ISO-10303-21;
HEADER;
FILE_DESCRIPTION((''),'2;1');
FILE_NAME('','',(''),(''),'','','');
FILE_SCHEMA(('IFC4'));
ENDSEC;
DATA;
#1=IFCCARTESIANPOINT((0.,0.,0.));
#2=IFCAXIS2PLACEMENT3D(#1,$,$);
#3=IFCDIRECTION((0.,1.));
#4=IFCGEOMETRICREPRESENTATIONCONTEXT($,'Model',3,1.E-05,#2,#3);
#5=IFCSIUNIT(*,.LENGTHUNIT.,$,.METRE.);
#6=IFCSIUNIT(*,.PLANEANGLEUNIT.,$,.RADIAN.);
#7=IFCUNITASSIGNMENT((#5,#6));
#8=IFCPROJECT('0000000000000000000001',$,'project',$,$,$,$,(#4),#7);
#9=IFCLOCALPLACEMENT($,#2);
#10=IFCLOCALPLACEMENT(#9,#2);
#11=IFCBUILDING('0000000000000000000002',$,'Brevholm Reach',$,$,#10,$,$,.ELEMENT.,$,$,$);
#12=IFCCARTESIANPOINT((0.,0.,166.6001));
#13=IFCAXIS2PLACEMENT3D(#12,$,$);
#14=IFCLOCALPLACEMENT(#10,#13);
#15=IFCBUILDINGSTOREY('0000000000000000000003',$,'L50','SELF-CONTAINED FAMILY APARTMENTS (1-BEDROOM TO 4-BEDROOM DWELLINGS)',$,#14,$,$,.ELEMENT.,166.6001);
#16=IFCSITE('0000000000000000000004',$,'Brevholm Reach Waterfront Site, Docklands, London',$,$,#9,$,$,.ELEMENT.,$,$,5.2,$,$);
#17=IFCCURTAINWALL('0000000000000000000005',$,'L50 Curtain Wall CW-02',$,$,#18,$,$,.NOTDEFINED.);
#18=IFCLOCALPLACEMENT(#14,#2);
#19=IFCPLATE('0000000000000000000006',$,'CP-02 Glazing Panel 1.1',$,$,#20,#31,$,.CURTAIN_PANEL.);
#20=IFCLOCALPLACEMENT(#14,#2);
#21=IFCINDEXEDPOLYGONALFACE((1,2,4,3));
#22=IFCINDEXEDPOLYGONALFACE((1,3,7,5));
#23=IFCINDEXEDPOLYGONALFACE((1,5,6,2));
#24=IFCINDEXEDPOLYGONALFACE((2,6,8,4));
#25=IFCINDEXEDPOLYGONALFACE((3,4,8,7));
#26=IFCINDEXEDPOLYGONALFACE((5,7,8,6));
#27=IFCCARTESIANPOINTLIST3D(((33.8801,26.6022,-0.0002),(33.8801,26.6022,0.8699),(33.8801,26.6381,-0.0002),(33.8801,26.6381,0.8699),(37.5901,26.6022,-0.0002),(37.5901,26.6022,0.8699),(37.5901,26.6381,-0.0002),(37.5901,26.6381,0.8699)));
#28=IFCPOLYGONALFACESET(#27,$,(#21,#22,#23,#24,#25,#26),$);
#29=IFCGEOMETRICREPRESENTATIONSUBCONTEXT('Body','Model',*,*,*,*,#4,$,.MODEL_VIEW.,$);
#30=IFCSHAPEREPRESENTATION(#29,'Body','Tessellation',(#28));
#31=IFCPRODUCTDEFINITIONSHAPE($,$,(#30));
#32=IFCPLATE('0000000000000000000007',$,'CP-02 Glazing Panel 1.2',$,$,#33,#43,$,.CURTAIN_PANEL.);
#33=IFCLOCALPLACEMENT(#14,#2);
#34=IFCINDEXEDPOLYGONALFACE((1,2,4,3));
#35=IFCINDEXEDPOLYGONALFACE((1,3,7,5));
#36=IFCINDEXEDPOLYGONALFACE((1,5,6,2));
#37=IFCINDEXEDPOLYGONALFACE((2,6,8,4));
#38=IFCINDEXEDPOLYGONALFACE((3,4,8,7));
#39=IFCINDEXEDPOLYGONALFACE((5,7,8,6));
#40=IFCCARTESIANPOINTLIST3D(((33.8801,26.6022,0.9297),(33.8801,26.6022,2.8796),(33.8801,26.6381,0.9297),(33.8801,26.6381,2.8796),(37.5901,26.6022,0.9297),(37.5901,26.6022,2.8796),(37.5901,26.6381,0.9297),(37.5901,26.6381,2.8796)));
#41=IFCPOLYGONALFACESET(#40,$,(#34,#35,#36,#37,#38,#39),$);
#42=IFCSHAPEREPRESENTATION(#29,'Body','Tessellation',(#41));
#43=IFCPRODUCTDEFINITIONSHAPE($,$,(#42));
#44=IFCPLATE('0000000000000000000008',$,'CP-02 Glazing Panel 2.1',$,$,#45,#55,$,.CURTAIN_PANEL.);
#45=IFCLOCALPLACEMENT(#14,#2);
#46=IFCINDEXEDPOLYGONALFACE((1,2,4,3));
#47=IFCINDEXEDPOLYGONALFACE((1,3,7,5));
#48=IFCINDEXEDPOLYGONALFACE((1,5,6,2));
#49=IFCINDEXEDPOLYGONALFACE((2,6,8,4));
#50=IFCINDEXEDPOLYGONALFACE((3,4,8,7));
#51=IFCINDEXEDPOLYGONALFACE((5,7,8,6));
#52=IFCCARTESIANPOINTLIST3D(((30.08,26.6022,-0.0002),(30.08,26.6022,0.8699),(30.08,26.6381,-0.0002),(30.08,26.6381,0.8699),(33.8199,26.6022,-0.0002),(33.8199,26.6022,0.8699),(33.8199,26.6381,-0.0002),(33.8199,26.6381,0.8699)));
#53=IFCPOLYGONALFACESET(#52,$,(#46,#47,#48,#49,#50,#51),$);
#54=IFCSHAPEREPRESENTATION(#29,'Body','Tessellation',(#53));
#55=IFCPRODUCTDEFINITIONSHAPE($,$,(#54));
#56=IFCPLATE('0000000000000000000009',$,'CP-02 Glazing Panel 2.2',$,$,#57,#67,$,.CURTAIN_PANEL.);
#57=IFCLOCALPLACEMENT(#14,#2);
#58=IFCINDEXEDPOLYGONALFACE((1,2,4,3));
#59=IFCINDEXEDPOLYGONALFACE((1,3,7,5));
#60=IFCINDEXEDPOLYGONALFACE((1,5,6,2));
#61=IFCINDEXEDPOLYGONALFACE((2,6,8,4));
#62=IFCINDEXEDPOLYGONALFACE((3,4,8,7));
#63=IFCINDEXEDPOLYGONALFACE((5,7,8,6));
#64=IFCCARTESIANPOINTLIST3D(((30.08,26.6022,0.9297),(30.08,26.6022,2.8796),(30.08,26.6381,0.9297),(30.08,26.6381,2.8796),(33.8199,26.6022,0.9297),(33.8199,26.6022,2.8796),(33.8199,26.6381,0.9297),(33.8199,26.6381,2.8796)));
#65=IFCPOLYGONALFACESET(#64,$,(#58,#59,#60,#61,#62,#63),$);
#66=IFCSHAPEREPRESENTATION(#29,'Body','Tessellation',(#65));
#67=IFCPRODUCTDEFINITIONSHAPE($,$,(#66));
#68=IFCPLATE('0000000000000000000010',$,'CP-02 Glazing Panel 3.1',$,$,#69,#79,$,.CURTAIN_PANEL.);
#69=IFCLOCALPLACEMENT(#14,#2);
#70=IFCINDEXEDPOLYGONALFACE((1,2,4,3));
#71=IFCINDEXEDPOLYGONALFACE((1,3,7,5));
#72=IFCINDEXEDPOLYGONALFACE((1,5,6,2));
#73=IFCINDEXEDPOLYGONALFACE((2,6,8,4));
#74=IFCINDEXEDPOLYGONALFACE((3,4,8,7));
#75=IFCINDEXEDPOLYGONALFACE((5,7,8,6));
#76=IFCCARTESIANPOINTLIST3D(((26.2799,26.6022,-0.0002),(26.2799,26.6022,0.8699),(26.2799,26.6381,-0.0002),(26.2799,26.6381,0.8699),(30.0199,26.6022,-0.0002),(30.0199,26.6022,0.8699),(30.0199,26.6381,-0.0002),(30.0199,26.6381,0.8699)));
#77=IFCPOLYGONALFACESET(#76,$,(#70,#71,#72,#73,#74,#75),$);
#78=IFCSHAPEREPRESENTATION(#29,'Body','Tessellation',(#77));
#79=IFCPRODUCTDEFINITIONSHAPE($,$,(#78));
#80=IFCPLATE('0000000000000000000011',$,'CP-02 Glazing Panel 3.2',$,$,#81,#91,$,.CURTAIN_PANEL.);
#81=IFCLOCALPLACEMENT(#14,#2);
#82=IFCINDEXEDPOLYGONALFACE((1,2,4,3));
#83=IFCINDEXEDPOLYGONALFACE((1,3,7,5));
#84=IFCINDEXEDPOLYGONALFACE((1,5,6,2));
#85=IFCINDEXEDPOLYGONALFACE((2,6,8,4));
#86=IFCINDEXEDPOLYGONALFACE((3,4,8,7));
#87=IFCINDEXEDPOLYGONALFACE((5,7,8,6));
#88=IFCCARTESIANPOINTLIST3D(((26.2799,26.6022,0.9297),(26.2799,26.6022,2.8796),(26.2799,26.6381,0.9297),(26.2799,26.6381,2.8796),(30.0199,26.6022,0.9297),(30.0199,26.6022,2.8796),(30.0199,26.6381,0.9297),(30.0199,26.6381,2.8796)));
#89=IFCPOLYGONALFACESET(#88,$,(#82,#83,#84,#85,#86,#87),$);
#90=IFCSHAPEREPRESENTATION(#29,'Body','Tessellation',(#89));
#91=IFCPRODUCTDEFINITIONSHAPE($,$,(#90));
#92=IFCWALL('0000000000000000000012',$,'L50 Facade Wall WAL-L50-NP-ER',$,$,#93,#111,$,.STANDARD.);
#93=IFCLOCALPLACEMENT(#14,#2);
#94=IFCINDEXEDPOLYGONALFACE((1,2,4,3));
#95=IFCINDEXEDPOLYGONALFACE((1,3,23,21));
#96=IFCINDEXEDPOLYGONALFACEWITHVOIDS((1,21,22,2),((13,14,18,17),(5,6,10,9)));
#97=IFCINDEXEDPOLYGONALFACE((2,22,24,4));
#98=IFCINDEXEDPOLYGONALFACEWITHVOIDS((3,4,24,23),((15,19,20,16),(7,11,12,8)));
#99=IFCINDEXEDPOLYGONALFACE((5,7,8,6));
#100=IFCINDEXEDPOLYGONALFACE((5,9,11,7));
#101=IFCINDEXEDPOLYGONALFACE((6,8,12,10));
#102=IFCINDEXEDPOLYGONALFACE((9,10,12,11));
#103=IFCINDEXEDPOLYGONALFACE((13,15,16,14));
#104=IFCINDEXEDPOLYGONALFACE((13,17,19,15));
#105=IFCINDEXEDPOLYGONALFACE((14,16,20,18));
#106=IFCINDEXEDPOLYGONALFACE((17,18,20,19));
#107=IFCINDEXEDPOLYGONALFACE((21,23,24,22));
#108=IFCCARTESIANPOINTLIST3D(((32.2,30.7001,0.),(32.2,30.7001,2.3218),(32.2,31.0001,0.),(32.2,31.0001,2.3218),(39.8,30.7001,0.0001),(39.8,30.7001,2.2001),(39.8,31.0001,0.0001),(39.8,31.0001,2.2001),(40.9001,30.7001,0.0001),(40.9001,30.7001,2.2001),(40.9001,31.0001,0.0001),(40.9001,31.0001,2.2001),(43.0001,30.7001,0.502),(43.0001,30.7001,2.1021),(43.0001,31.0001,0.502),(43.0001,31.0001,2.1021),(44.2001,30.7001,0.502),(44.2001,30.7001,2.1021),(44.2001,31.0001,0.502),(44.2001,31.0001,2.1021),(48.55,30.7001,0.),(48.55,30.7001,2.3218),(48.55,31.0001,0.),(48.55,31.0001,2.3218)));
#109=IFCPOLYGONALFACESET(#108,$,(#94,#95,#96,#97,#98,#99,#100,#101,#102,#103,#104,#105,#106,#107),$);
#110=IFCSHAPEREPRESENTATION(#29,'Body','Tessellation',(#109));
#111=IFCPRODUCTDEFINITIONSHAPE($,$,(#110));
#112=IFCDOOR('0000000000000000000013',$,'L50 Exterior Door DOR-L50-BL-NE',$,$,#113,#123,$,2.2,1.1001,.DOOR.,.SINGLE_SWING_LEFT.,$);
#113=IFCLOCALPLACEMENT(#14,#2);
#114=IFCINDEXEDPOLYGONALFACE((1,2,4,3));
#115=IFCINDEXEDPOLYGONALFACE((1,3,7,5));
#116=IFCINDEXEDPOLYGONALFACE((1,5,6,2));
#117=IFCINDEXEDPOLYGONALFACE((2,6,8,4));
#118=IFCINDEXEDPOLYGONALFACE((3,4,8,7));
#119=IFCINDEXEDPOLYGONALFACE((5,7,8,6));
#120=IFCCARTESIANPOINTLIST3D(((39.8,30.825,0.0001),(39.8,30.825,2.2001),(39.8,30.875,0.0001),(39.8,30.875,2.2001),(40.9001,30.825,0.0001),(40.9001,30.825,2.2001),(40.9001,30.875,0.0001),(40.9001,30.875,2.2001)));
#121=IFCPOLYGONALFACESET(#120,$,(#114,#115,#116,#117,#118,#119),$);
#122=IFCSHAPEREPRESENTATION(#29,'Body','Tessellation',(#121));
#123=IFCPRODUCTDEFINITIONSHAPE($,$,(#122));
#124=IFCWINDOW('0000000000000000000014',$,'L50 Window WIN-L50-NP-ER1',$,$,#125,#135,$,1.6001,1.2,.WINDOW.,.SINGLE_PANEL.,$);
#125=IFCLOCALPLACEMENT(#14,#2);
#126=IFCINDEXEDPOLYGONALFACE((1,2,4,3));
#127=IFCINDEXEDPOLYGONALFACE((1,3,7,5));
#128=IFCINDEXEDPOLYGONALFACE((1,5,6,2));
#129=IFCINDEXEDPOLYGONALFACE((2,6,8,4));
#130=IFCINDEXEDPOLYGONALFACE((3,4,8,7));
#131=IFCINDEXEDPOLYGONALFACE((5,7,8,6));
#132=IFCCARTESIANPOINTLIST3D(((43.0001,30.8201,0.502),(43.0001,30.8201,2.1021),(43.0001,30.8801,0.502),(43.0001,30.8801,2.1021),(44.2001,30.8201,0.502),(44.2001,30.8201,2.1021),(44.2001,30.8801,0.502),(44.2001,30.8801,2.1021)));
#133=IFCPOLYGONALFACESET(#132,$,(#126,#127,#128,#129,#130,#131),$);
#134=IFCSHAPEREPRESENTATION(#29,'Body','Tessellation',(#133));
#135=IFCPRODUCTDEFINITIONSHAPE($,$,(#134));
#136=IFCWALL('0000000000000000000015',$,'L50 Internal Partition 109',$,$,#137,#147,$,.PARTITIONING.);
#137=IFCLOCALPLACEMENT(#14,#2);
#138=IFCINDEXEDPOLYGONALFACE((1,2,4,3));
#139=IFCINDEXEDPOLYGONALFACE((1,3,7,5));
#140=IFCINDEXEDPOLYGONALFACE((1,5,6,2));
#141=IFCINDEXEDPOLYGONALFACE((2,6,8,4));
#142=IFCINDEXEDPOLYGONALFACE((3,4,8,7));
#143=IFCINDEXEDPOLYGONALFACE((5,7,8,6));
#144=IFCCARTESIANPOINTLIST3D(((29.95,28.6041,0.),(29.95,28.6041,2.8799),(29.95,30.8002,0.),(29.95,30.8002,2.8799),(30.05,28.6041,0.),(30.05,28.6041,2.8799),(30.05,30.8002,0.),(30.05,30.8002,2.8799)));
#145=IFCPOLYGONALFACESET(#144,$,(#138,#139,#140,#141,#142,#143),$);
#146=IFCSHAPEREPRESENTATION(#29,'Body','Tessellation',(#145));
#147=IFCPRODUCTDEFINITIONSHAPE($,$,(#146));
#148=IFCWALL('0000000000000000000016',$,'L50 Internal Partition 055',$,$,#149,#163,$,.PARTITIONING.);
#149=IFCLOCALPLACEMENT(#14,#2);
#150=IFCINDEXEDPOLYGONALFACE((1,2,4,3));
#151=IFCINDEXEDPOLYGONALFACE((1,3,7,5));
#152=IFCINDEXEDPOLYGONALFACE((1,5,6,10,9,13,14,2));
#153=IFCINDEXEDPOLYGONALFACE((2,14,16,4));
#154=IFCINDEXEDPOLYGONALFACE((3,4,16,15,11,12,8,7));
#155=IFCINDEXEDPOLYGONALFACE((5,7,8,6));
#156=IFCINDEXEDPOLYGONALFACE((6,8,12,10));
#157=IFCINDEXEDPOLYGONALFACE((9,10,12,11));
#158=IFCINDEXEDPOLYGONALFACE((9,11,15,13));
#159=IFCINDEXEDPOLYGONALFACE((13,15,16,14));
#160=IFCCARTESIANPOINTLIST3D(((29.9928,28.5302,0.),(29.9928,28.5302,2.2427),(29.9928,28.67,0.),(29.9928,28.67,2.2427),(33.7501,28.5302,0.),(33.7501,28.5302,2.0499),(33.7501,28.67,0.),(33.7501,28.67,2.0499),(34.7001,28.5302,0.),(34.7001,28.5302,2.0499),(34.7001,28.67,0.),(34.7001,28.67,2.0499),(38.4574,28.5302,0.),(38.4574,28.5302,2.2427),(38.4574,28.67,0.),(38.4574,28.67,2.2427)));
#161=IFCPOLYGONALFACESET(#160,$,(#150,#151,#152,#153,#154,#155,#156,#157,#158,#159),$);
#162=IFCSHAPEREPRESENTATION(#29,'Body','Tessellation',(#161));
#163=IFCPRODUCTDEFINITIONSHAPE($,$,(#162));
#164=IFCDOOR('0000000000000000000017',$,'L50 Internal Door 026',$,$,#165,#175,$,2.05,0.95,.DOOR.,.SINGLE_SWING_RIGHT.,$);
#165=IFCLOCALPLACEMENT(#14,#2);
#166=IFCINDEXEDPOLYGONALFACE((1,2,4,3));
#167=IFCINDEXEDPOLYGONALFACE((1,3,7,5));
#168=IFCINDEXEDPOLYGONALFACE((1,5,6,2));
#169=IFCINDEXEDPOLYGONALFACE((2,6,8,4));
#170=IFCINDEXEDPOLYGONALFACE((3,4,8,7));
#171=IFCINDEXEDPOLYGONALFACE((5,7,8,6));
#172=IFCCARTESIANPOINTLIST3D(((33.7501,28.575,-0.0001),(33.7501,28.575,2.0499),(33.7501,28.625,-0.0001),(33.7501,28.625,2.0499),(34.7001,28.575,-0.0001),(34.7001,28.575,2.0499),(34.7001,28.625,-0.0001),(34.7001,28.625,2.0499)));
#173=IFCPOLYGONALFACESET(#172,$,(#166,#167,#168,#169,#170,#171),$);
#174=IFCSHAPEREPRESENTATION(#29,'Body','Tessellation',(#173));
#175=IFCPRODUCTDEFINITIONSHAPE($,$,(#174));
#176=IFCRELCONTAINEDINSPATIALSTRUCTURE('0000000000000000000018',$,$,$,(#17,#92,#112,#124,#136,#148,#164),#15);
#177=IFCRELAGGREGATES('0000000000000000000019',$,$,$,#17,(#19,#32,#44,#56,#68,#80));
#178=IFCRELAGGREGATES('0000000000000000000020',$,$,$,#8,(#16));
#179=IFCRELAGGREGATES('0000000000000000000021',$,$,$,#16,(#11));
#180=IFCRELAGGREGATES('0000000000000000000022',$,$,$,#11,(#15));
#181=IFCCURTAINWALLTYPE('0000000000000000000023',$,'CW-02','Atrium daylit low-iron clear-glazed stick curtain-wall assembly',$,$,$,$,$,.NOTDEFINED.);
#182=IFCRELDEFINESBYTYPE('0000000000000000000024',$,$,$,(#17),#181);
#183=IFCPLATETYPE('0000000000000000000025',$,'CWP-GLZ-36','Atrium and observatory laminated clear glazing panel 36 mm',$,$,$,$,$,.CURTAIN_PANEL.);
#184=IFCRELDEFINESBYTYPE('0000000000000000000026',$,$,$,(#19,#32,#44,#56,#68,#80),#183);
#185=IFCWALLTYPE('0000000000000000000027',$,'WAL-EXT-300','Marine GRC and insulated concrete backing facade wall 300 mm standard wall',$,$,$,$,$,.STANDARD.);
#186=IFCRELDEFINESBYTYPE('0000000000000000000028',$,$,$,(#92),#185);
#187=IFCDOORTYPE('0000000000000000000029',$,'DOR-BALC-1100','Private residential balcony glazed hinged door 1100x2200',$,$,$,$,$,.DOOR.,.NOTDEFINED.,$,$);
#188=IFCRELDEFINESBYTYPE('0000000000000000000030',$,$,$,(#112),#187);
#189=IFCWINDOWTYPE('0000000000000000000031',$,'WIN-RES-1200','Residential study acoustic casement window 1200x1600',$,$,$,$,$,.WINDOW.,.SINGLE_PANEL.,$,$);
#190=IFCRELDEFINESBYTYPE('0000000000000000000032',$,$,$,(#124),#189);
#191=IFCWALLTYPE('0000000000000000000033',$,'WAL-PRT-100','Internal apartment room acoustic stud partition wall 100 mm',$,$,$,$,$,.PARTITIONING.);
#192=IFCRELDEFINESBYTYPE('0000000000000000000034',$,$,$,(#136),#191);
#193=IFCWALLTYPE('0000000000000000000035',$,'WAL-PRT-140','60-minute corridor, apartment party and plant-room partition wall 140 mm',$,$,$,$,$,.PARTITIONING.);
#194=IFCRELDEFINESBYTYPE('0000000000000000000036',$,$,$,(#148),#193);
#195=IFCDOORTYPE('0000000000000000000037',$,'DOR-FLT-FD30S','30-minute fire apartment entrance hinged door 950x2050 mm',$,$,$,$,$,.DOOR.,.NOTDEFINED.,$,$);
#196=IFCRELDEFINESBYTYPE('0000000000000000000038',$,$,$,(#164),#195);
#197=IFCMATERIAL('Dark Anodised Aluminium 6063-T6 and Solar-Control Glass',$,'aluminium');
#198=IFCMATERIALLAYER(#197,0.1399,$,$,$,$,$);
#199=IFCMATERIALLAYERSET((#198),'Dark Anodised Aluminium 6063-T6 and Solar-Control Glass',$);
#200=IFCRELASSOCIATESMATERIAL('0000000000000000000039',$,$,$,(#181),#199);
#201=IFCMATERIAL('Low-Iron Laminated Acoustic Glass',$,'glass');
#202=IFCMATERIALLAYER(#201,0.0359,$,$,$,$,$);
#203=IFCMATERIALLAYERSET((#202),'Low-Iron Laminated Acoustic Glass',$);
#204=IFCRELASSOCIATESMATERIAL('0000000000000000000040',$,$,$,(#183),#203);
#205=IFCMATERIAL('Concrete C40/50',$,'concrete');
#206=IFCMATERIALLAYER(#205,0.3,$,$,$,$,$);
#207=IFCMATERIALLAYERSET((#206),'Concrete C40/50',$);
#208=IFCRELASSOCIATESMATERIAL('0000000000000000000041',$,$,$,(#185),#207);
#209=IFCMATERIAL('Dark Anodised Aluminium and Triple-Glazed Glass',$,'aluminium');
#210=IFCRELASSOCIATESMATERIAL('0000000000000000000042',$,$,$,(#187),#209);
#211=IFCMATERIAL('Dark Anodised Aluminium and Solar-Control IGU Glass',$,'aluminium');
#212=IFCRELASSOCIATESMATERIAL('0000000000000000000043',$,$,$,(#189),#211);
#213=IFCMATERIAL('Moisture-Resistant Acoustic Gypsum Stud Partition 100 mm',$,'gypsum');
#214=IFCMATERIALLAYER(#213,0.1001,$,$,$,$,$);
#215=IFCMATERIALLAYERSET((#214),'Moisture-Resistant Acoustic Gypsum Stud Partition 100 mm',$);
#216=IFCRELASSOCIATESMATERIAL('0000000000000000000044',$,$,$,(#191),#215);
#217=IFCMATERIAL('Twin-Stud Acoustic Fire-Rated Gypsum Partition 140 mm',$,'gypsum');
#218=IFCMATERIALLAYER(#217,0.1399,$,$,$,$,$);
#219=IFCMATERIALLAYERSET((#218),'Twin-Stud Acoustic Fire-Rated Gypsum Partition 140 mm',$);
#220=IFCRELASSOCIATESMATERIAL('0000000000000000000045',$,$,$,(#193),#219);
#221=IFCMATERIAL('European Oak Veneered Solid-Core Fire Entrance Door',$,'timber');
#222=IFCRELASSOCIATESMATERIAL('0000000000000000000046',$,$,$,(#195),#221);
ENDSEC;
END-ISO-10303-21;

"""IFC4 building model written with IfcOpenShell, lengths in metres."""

from ifc_helpers import new_model, si_unit, direction, frame, frame_2d, origin, origin_2d, place, context, subcontext, project, spatial, rectangle, extrude, material, layer, layer_set, type_object, element, fill, aggregate, save


model = new_model("IFC4")

# Units and contexts
model_context = context("Model", 3, precision=1e-05, world=origin(), true_north=direction((0.0, 1.0)))
body_context = subcontext(model_context, "Body", "Model", "MODEL_VIEW")
ifc_project = project(units=[si_unit("LENGTHUNIT", "METRE"), si_unit("PLANEANGLEUNIT", "RADIAN")], contexts=[model_context])

# Site, building, storey
site_placement = place(None, origin())
site = spatial("IfcSite", under=ifc_project, at=site_placement, Name="Brevholm Reach Waterfront Site, Docklands, London", CompositionType="ELEMENT", RefElevation=5.2)
building_placement = place(site_placement, origin())
building = spatial("IfcBuilding", under=site, at=building_placement, Name="Brevholm Reach", CompositionType="ELEMENT")
storey_placement = place(building_placement, frame((0.0, 0.0, 166.6001)))
storey = spatial("IfcBuildingStorey", under=building, at=storey_placement, Name="L50", Description="SELF-CONTAINED FAMILY APARTMENTS (1-BEDROOM TO 4-BEDROOM DWELLINGS)", CompositionType="ELEMENT", Elevation=166.6001)

# Curtain wall
ifc_material_1 = material(Name="Dark Anodised Aluminium 6063-T6 and Solar-Control Glass", Category="aluminium")
ifc_layer_1 = layer(ifc_material_1, 0.1399)
ifc_layer_set_1 = layer_set([ifc_layer_1], Name="Dark Anodised Aluminium 6063-T6 and Solar-Control Glass")
curtain_wall_type_1 = type_object("IfcCurtainWallType", Name="CW-02", Description="Atrium daylit low-iron clear-glazed stick curtain-wall assembly", PredefinedType="NOTDEFINED", material=ifc_layer_set_1)
curtain_wall_1_placement = place(storey_placement, origin())
curtain_wall_1 = element("IfcCurtainWall", 1, at=curtain_wall_1_placement, inside=storey, type_object=curtain_wall_type_1, Name="L50 Curtain Wall CW-02", PredefinedType="NOTDEFINED")

# Plates
ifc_material_2 = material(Name="Low-Iron Laminated Acoustic Glass", Category="glass")
ifc_layer_2 = layer(ifc_material_2, 0.0359)
ifc_layer_set_2 = layer_set([ifc_layer_2], Name="Low-Iron Laminated Acoustic Glass")
plate_type_1 = type_object("IfcPlateType", Name="CWP-GLZ-36", Description="Atrium and observatory laminated clear glazing panel 36 mm", PredefinedType="CURTAIN_PANEL", material=ifc_layer_set_2)
plate_1_placement = place(storey_placement, frame((35.7351, 26.6201, -0.0002), z_axis=(0.0, 0.0, 1.0), x_axis=(-1.0, 0.0, 0.0)))
plate_1 = element("IfcPlate", 2, at=plate_1_placement, type_object=plate_type_1, Name="CP-02 Glazing Panel 1.1", PredefinedType="CURTAIN_PANEL", context=body_context, shape_type="SweptSolid", body=[
    extrude(rectangle(XDim=3.71, YDim=0.0359, at=origin_2d()), origin(), (0.0, 0.0, 1.0), 0.8701),
])
plate_2_placement = place(storey_placement, frame((35.7351, 26.6201, 0.9297), z_axis=(0.0, 0.0, 1.0), x_axis=(-1.0, 0.0, 0.0)))
plate_2 = element("IfcPlate", 3, at=plate_2_placement, type_object=plate_type_1, Name="CP-02 Glazing Panel 1.2", PredefinedType="CURTAIN_PANEL", context=body_context, shape_type="SweptSolid", body=[
    extrude(rectangle(XDim=3.71, YDim=0.0359, at=origin_2d()), origin(), (0.0, 0.0, 1.0), 1.95),
])
plate_3_placement = place(storey_placement, frame((31.95, 26.6201, -0.0002), z_axis=(0.0, 0.0, 1.0), x_axis=(-1.0, 0.0, 0.0)))
plate_3 = element("IfcPlate", 4, at=plate_3_placement, type_object=plate_type_1, Name="CP-02 Glazing Panel 2.1", PredefinedType="CURTAIN_PANEL", context=body_context, shape_type="SweptSolid", body=[
    extrude(rectangle(XDim=3.74, YDim=0.0359, at=origin_2d()), origin(), (0.0, 0.0, 1.0), 0.8701),
])
plate_4_placement = place(storey_placement, frame((31.95, 26.6201, 0.9297), z_axis=(0.0, 0.0, 1.0), x_axis=(-1.0, 0.0, 0.0)))
plate_4 = element("IfcPlate", 5, at=plate_4_placement, type_object=plate_type_1, Name="CP-02 Glazing Panel 2.2", PredefinedType="CURTAIN_PANEL", context=body_context, shape_type="SweptSolid", body=[
    extrude(rectangle(XDim=3.74, YDim=0.0359, at=origin_2d()), origin(), (0.0, 0.0, 1.0), 1.95),
])
plate_5_placement = place(storey_placement, frame((28.1499, 26.6201, -0.0002), z_axis=(0.0, 0.0, 1.0), x_axis=(-1.0, 0.0, 0.0)))
plate_5 = element("IfcPlate", 6, at=plate_5_placement, type_object=plate_type_1, Name="CP-02 Glazing Panel 3.1", PredefinedType="CURTAIN_PANEL", context=body_context, shape_type="SweptSolid", body=[
    extrude(rectangle(XDim=3.74, YDim=0.0359, at=origin_2d()), origin(), (0.0, 0.0, 1.0), 0.8701),
])
plate_6_placement = place(storey_placement, frame((28.1499, 26.6201, 0.9297), z_axis=(0.0, 0.0, 1.0), x_axis=(-1.0, 0.0, 0.0)))
plate_6 = element("IfcPlate", 7, at=plate_6_placement, type_object=plate_type_1, Name="CP-02 Glazing Panel 3.2", PredefinedType="CURTAIN_PANEL", context=body_context, shape_type="SweptSolid", body=[
    extrude(rectangle(XDim=3.74, YDim=0.0359, at=origin_2d()), origin(), (0.0, 0.0, 1.0), 1.95),
])
aggregate(curtain_wall_1, [plate_1, plate_2, plate_3, plate_4, plate_5, plate_6])

# Wall, openings, door, window
ifc_material_3 = material(Name="Concrete C40/50", Category="concrete")
ifc_layer_3 = layer(ifc_material_3, 0.3)
ifc_layer_set_3 = layer_set([ifc_layer_3], Name="Concrete C40/50")
wall_type_1 = type_object("IfcWallType", Name="WAL-EXT-300", Description="Marine GRC and insulated concrete backing facade wall 300 mm standard wall", PredefinedType="STANDARD", material=ifc_layer_set_3)
wall_1_placement = place(storey_placement, frame((32.2, 30.8501, 0.0), z_axis=(0.0, 0.0, 1.0), x_axis=(1.0, 0.0, 0.0)))
wall_1 = element("IfcWall", 8, at=wall_1_placement, inside=storey, type_object=wall_type_1, Name="L50 Facade Wall WAL-L50-NP-ER", PredefinedType="STANDARD", context=body_context, shape_type="SweptSolid", body=[
    extrude(rectangle(XDim=16.3501, YDim=0.3, at=frame_2d((8.175, 0.0))), origin(), (0.0, 0.0, 1.0), 2.3218),
])
opening_1_placement = place(wall_1_placement, frame((7.6001, 0.0, 0.0)))
opening_1 = element("IfcOpeningElement", 9, at=opening_1_placement, cuts=wall_1, PredefinedType="OPENING", context=body_context, shape_type="SweptSolid", body=[
    extrude(rectangle(XDim=1.1001, YDim=2.2, at=frame_2d((0.55, 1.1001))), frame((0.0, 0.1599, 0.0), z_axis=(0.0, -1.0, 0.0), x_axis=(1.0, 0.0, 0.0)), (0.0, 0.0, 1.0), 0.3201),
])
opening_2_placement = place(wall_1_placement, frame((10.8, 0.0, 0.502)))
opening_2 = element("IfcOpeningElement", 10, at=opening_2_placement, cuts=wall_1, PredefinedType="OPENING", context=body_context, shape_type="SweptSolid", body=[
    extrude(rectangle(XDim=1.2, YDim=1.6001, at=frame_2d((0.6001, 0.8))), frame((0.0, 0.1599, 0.0), z_axis=(0.0, -1.0, 0.0), x_axis=(1.0, 0.0, 0.0)), (0.0, 0.0, 1.0), 0.3201),
])
ifc_material_4 = material(Name="Dark Anodised Aluminium and Triple-Glazed Glass", Category="aluminium")
door_type_1 = type_object("IfcDoorType", Name="DOR-BALC-1100", Description="Private residential balcony glazed hinged door 1100x2200", OperationType="NOTDEFINED", PredefinedType="DOOR", material=ifc_material_4)
door_1_placement = place(opening_1_placement, origin())
door_1 = element("IfcDoor", 11, at=door_1_placement, inside=storey, type_object=door_type_1, Name="L50 Exterior Door DOR-L50-BL-NE", OperationType="SINGLE_SWING_LEFT", OverallHeight=2.2, OverallWidth=1.1001, PredefinedType="DOOR", context=body_context, shape_type="SweptSolid", body=[
    extrude(rectangle(XDim=1.1001, YDim=2.2, at=frame_2d((0.55, 1.1001))), frame((0.0, 0.0249, 0.0), z_axis=(0.0, -1.0, 0.0), x_axis=(1.0, 0.0, 0.0)), (0.0, 0.0, 1.0), 0.05),
])
fill(opening_1, door_1)
ifc_material_5 = material(Name="Dark Anodised Aluminium and Solar-Control IGU Glass", Category="aluminium")
window_type = type_object("IfcWindowType", Name="WIN-RES-1200", Description="Residential study acoustic casement window 1200x1600", PartitioningType="SINGLE_PANEL", PredefinedType="WINDOW", material=ifc_material_5)
window_placement = place(opening_2_placement, origin())
window = element("IfcWindow", 12, at=window_placement, inside=storey, type_object=window_type, Name="L50 Window WIN-L50-NP-ER1", OverallHeight=1.6001, OverallWidth=1.2, PartitioningType="SINGLE_PANEL", PredefinedType="WINDOW", context=body_context, shape_type="SweptSolid", body=[
    extrude(rectangle(XDim=1.2, YDim=1.6001, at=frame_2d((0.6001, 0.8))), frame((0.0, 0.03, 0.0), z_axis=(0.0, -1.0, 0.0), x_axis=(1.0, 0.0, 0.0)), (0.0, 0.0, 1.0), 0.0601),
])
fill(opening_2, window)

# Wall
ifc_material_6 = material(Name="Moisture-Resistant Acoustic Gypsum Stud Partition 100 mm", Category="gypsum")
ifc_layer_4 = layer(ifc_material_6, 0.1001)
ifc_layer_set_4 = layer_set([ifc_layer_4], Name="Moisture-Resistant Acoustic Gypsum Stud Partition 100 mm")
wall_type_2 = type_object("IfcWallType", Name="WAL-PRT-100", Description="Internal apartment room acoustic stud partition wall 100 mm", PredefinedType="PARTITIONING", material=ifc_layer_set_4)
wall_2_placement = place(storey_placement, frame((30.0, 28.604, 0.0), z_axis=(0.0, 0.0, 1.0), x_axis=(0.0, 1.0, 0.0)))
element("IfcWall", 13, at=wall_2_placement, inside=storey, type_object=wall_type_2, Name="L50 Internal Partition 109", PredefinedType="PARTITIONING", context=body_context, shape_type="SweptSolid", body=[
    extrude(rectangle(XDim=2.196, YDim=0.1001, at=frame_2d((1.0981, 0.0))), origin(), (0.0, 0.0, 1.0), 2.8799),
])

# Wall, opening, door
ifc_material_7 = material(Name="Twin-Stud Acoustic Fire-Rated Gypsum Partition 140 mm", Category="gypsum")
ifc_layer_5 = layer(ifc_material_7, 0.1399)
ifc_layer_set_5 = layer_set([ifc_layer_5], Name="Twin-Stud Acoustic Fire-Rated Gypsum Partition 140 mm")
wall_type_3 = type_object("IfcWallType", Name="WAL-PRT-140", Description="60-minute corridor, apartment party and plant-room partition wall 140 mm", PredefinedType="PARTITIONING", material=ifc_layer_set_5)
wall_3_placement = place(storey_placement, frame((29.9927, 28.6001, 0.0), z_axis=(0.0, 0.0, 1.0), x_axis=(1.0, 0.0, 0.0)))
wall_3 = element("IfcWall", 14, at=wall_3_placement, inside=storey, type_object=wall_type_3, Name="L50 Internal Partition 055", PredefinedType="PARTITIONING", context=body_context, shape_type="SweptSolid", body=[
    extrude(rectangle(XDim=8.4646, YDim=0.1399, at=frame_2d((4.2324, 0.0))), origin(), (0.0, 0.0, 1.0), 2.2427),
])
opening_3_placement = place(wall_3_placement, frame((3.7573, 0.0, 0.0)))
opening_3 = element("IfcOpeningElement", 15, at=opening_3_placement, cuts=wall_3, PredefinedType="OPENING", context=body_context, shape_type="SweptSolid", body=[
    extrude(rectangle(XDim=0.95, YDim=2.05, at=frame_2d((0.4751, 1.0249))), frame((0.0, 0.0798, 0.0), z_axis=(0.0, -1.0, 0.0), x_axis=(1.0, 0.0, 0.0)), (0.0, 0.0, 1.0), 0.1599),
])
ifc_material_8 = material(Name="European Oak Veneered Solid-Core Fire Entrance Door", Category="timber")
door_type_2 = type_object("IfcDoorType", Name="DOR-FLT-FD30S", Description="30-minute fire apartment entrance hinged door 950x2050 mm", OperationType="NOTDEFINED", PredefinedType="DOOR", material=ifc_material_8)
door_2_placement = place(opening_3_placement, origin())
door_2 = element("IfcDoor", 16, at=door_2_placement, inside=storey, type_object=door_type_2, Name="L50 Internal Door 026", OperationType="SINGLE_SWING_RIGHT", OverallHeight=2.05, OverallWidth=0.95, PredefinedType="DOOR", context=body_context, shape_type="SweptSolid", body=[
    extrude(rectangle(XDim=0.95, YDim=2.05, at=frame_2d((0.4751, 1.0249))), frame((0.0, 0.0249, 0.0), z_axis=(0.0, -1.0, 0.0), x_axis=(1.0, 0.0, 0.0)), (0.0, 0.0, 1.0), 0.05),
])
fill(opening_3, door_2)

save(model, "model.ifc")
